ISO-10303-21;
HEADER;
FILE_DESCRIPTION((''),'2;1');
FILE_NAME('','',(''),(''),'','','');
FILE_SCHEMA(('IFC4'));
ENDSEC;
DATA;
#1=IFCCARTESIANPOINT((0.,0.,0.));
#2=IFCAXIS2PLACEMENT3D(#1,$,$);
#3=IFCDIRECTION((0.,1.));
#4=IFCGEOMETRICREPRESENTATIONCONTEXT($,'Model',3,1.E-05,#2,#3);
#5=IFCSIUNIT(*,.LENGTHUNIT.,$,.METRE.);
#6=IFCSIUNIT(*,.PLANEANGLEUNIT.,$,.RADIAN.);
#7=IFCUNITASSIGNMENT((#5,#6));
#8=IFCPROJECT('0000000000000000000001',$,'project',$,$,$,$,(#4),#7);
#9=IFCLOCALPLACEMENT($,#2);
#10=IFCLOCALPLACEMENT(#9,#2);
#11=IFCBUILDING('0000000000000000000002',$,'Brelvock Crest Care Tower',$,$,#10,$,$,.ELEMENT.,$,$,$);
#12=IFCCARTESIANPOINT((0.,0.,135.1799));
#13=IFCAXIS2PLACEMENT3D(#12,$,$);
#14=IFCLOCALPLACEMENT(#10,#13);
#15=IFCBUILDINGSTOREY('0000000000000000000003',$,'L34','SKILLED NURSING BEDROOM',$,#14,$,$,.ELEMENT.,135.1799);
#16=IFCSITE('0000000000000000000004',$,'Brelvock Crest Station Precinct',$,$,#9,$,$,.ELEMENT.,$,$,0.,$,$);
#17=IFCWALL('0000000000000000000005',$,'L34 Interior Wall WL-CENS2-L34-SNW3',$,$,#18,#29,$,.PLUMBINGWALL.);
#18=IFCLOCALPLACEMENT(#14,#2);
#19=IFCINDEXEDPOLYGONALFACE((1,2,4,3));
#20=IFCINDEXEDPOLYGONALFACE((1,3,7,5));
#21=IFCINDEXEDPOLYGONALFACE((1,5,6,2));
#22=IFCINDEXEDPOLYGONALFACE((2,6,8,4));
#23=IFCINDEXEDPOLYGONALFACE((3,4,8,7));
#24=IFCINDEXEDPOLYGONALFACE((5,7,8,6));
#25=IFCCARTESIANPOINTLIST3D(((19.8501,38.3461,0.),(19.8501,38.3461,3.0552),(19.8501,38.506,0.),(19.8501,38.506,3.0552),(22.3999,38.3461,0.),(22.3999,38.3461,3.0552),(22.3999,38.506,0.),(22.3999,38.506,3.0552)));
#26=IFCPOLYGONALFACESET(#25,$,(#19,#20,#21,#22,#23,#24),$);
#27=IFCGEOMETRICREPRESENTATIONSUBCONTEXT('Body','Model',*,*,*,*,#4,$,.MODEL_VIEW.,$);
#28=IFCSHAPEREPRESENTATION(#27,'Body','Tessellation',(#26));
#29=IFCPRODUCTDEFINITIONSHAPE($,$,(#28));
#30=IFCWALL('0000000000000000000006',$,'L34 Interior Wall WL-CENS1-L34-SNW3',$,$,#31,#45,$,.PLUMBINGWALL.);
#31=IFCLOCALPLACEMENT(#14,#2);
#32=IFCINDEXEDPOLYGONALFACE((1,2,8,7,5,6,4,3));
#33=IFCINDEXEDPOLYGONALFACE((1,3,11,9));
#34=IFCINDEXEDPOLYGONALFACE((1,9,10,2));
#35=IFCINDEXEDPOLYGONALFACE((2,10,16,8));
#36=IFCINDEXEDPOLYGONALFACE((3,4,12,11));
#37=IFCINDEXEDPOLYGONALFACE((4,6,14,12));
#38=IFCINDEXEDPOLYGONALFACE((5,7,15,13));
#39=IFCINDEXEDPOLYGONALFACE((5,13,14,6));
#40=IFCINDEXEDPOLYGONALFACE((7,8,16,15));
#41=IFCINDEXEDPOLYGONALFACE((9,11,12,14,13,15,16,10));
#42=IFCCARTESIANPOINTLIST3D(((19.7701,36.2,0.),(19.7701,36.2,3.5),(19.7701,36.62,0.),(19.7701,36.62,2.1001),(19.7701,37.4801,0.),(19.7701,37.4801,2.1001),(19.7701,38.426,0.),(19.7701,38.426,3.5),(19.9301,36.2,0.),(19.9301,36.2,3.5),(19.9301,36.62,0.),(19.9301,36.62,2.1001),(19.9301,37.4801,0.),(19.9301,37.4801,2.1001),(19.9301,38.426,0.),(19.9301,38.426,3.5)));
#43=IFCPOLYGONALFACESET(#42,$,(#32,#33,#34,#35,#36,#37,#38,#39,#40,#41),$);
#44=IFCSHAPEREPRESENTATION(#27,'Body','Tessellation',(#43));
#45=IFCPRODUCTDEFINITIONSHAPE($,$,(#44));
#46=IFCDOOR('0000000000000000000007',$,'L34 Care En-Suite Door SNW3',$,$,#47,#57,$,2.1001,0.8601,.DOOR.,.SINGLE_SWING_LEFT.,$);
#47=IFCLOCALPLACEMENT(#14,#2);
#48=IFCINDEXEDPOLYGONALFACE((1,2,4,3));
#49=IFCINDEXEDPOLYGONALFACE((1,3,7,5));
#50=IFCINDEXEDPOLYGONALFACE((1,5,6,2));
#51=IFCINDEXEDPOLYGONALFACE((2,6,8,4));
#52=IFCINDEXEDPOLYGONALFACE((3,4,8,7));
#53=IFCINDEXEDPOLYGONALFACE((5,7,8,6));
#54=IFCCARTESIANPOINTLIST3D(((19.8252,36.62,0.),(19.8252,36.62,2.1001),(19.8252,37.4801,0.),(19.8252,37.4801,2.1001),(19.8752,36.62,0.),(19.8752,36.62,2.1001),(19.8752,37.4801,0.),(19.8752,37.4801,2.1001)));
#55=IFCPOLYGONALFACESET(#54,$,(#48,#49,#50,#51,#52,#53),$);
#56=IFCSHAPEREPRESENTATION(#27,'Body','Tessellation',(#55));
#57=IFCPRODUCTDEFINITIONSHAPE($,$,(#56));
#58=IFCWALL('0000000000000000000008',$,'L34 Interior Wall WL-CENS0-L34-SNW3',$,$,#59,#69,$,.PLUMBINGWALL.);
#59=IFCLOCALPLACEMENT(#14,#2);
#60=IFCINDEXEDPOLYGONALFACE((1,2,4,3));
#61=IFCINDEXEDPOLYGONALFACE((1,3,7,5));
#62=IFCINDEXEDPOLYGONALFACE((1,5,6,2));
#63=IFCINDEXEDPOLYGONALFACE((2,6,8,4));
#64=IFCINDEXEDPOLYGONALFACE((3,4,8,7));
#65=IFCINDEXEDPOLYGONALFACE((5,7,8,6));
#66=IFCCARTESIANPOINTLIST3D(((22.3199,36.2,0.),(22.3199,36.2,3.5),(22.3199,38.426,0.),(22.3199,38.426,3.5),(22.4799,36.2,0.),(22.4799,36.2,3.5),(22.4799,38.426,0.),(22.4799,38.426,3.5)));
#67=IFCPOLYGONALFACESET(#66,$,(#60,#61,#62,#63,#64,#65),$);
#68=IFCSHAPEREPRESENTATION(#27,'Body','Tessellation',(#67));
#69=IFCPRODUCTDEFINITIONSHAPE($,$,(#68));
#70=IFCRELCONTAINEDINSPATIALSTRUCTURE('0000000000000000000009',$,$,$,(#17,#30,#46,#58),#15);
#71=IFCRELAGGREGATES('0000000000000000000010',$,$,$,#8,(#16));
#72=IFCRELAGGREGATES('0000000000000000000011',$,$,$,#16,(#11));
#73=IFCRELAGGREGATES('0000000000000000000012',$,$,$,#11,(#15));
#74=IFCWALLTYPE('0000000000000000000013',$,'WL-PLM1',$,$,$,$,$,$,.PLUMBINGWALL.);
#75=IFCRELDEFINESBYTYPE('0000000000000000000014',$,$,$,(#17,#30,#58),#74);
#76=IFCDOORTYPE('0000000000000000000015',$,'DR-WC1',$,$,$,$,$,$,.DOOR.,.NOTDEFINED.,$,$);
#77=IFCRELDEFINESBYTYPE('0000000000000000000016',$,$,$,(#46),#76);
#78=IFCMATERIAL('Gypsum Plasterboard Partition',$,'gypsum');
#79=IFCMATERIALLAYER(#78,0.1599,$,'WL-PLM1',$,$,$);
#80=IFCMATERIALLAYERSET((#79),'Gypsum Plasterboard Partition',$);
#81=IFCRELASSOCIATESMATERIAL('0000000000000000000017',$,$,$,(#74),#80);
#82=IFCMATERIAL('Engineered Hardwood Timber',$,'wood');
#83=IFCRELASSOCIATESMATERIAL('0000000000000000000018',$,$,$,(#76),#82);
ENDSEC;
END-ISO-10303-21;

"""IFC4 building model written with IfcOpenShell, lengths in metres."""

from ifc_helpers import new_model, si_unit, direction, frame, frame_2d, origin, origin_2d, place, context, subcontext, project, spatial, rectangle, extrude, source, transform, mapped, material, layer, layer_set, type_object, element, fill, save


model = new_model("IFC4")

# Units and contexts
model_context = context("Model", 3, precision=1e-05, world=origin(), true_north=direction((0.0, 1.0)))
body_context = subcontext(model_context, "Body", "Model", "MODEL_VIEW")
ifc_project = project(units=[si_unit("LENGTHUNIT", "METRE"), si_unit("PLANEANGLEUNIT", "RADIAN")], contexts=[model_context])

# Site, building, storey
site_placement = place(None, origin())
site = spatial("IfcSite", under=ifc_project, at=site_placement, Name="Brelvock Crest Station Precinct", CompositionType="ELEMENT", RefElevation=0.0)
building_placement = place(site_placement, origin())
building = spatial("IfcBuilding", under=site, at=building_placement, Name="Brelvock Crest Care Tower", CompositionType="ELEMENT")
storey_placement = place(building_placement, frame((0.0, 0.0, 135.1799)))
storey = spatial("IfcBuildingStorey", under=building, at=storey_placement, Name="L34", Description="SKILLED NURSING BEDROOM", CompositionType="ELEMENT", Elevation=135.1799)

# Shared definitions
ifc_material_1 = material(Name="Engineered Hardwood Timber", Category="wood")

# Wall
ifc_material_2 = material(Name="Gypsum Plasterboard Partition", Category="gypsum")
ifc_layer_1 = layer(ifc_material_2, 0.1599, Name="WL-PLM1")
ifc_layer_set_1 = layer_set([ifc_layer_1], Name="Gypsum Plasterboard Partition")
wall_type_1 = type_object("IfcWallType", Name="WL-PLM1", PredefinedType="PLUMBINGWALL", material=ifc_layer_set_1)
wall_1_placement = place(storey_placement, frame((19.8501, 38.426, 0.0), z_axis=(0.0, 0.0, 1.0), x_axis=(1.0, 0.0, 0.0)))
element("IfcWall", 1, at=wall_1_placement, inside=storey, type_object=wall_type_1, Name="L34 Interior Wall WL-CENS2-L34-SNW3", PredefinedType="PLUMBINGWALL", context=body_context, shape_type="SweptSolid", body=[
    extrude(rectangle(XDim=2.5498, YDim=0.1599, at=frame_2d((1.2749, 0.0))), origin(), (0.0, 0.0, 1.0), 3.0552),
])

# Wall, opening, door
wall_2_placement = place(storey_placement, frame((19.8501, 36.2, 0.0), z_axis=(0.0, 0.0, 1.0), x_axis=(0.0, 1.0, 0.0)))
wall_2 = element("IfcWall", 2, at=wall_2_placement, inside=storey, type_object=wall_type_1, Name="L34 Interior Wall WL-CENS1-L34-SNW3", PredefinedType="PLUMBINGWALL", context=body_context, shape_type="SweptSolid", body=[
    extrude(rectangle(XDim=2.2261, YDim=0.1599, at=frame_2d((1.113, 0.0))), origin(), (0.0, 0.0, 1.0), 3.5),
])
opening_1_placement = place(wall_2_placement, frame((0.4199, 0.0, 0.0)))
opening_1 = element("IfcOpeningElement", 3, at=opening_1_placement, cuts=wall_2, PredefinedType="OPENING", context=body_context, shape_type="SweptSolid", body=[
    extrude(rectangle(XDim=0.8601, YDim=2.1001, at=origin_2d()), frame((0.4302, 0.0898, 1.05), z_axis=(0.0, -1.0, 0.0), x_axis=(1.0, 0.0, 0.0)), (0.0, 0.0, 1.0), 0.1799),
])
door_type_1 = type_object("IfcDoorType", Name="DR-WC1", OperationType="NOTDEFINED", PredefinedType="DOOR", material=ifc_material_1)
shared_shape_1 = source(origin(), body_context, "Body", "SweptSolid", [
    extrude(rectangle(XDim=0.8601, YDim=2.1001, at=origin_2d()), frame((0.4302, 0.0249, 1.05), z_axis=(0.0, -1.0, 0.0), x_axis=(1.0, 0.0, 0.0)), (0.0, 0.0, 1.0), 0.05),
])
door_1_placement = place(opening_1_placement, origin())
door_1 = element("IfcDoor", 4, at=door_1_placement, inside=storey, type_object=door_type_1, Name="L34 Care En-Suite Door SNW3", OperationType="SINGLE_SWING_LEFT", OverallHeight=2.1001, OverallWidth=0.8601, PredefinedType="DOOR", context=body_context, shape_type="MappedRepresentation", body=[
    mapped(shared_shape_1, transform((0.0, 0.0, 0.0), x_axis=(1.0, 0.0, 0.0), y_axis=(0.0, 1.0, 0.0), z_axis=(0.0, 0.0, 1.0), scale=1.0)),
])
fill(opening_1, door_1)

# Wall
wall_3_placement = place(storey_placement, frame((22.3999, 36.2, 0.0), z_axis=(0.0, 0.0, 1.0), x_axis=(0.0, 1.0, 0.0)))
element("IfcWall", 5, at=wall_3_placement, inside=storey, type_object=wall_type_1, Name="L34 Interior Wall WL-CENS0-L34-SNW3", PredefinedType="PLUMBINGWALL", context=body_context, shape_type="SweptSolid", body=[
    extrude(rectangle(XDim=2.2261, YDim=0.1599, at=frame_2d((1.113, 0.0))), origin(), (0.0, 0.0, 1.0), 3.5),
])

save(model, "model.ifc")
